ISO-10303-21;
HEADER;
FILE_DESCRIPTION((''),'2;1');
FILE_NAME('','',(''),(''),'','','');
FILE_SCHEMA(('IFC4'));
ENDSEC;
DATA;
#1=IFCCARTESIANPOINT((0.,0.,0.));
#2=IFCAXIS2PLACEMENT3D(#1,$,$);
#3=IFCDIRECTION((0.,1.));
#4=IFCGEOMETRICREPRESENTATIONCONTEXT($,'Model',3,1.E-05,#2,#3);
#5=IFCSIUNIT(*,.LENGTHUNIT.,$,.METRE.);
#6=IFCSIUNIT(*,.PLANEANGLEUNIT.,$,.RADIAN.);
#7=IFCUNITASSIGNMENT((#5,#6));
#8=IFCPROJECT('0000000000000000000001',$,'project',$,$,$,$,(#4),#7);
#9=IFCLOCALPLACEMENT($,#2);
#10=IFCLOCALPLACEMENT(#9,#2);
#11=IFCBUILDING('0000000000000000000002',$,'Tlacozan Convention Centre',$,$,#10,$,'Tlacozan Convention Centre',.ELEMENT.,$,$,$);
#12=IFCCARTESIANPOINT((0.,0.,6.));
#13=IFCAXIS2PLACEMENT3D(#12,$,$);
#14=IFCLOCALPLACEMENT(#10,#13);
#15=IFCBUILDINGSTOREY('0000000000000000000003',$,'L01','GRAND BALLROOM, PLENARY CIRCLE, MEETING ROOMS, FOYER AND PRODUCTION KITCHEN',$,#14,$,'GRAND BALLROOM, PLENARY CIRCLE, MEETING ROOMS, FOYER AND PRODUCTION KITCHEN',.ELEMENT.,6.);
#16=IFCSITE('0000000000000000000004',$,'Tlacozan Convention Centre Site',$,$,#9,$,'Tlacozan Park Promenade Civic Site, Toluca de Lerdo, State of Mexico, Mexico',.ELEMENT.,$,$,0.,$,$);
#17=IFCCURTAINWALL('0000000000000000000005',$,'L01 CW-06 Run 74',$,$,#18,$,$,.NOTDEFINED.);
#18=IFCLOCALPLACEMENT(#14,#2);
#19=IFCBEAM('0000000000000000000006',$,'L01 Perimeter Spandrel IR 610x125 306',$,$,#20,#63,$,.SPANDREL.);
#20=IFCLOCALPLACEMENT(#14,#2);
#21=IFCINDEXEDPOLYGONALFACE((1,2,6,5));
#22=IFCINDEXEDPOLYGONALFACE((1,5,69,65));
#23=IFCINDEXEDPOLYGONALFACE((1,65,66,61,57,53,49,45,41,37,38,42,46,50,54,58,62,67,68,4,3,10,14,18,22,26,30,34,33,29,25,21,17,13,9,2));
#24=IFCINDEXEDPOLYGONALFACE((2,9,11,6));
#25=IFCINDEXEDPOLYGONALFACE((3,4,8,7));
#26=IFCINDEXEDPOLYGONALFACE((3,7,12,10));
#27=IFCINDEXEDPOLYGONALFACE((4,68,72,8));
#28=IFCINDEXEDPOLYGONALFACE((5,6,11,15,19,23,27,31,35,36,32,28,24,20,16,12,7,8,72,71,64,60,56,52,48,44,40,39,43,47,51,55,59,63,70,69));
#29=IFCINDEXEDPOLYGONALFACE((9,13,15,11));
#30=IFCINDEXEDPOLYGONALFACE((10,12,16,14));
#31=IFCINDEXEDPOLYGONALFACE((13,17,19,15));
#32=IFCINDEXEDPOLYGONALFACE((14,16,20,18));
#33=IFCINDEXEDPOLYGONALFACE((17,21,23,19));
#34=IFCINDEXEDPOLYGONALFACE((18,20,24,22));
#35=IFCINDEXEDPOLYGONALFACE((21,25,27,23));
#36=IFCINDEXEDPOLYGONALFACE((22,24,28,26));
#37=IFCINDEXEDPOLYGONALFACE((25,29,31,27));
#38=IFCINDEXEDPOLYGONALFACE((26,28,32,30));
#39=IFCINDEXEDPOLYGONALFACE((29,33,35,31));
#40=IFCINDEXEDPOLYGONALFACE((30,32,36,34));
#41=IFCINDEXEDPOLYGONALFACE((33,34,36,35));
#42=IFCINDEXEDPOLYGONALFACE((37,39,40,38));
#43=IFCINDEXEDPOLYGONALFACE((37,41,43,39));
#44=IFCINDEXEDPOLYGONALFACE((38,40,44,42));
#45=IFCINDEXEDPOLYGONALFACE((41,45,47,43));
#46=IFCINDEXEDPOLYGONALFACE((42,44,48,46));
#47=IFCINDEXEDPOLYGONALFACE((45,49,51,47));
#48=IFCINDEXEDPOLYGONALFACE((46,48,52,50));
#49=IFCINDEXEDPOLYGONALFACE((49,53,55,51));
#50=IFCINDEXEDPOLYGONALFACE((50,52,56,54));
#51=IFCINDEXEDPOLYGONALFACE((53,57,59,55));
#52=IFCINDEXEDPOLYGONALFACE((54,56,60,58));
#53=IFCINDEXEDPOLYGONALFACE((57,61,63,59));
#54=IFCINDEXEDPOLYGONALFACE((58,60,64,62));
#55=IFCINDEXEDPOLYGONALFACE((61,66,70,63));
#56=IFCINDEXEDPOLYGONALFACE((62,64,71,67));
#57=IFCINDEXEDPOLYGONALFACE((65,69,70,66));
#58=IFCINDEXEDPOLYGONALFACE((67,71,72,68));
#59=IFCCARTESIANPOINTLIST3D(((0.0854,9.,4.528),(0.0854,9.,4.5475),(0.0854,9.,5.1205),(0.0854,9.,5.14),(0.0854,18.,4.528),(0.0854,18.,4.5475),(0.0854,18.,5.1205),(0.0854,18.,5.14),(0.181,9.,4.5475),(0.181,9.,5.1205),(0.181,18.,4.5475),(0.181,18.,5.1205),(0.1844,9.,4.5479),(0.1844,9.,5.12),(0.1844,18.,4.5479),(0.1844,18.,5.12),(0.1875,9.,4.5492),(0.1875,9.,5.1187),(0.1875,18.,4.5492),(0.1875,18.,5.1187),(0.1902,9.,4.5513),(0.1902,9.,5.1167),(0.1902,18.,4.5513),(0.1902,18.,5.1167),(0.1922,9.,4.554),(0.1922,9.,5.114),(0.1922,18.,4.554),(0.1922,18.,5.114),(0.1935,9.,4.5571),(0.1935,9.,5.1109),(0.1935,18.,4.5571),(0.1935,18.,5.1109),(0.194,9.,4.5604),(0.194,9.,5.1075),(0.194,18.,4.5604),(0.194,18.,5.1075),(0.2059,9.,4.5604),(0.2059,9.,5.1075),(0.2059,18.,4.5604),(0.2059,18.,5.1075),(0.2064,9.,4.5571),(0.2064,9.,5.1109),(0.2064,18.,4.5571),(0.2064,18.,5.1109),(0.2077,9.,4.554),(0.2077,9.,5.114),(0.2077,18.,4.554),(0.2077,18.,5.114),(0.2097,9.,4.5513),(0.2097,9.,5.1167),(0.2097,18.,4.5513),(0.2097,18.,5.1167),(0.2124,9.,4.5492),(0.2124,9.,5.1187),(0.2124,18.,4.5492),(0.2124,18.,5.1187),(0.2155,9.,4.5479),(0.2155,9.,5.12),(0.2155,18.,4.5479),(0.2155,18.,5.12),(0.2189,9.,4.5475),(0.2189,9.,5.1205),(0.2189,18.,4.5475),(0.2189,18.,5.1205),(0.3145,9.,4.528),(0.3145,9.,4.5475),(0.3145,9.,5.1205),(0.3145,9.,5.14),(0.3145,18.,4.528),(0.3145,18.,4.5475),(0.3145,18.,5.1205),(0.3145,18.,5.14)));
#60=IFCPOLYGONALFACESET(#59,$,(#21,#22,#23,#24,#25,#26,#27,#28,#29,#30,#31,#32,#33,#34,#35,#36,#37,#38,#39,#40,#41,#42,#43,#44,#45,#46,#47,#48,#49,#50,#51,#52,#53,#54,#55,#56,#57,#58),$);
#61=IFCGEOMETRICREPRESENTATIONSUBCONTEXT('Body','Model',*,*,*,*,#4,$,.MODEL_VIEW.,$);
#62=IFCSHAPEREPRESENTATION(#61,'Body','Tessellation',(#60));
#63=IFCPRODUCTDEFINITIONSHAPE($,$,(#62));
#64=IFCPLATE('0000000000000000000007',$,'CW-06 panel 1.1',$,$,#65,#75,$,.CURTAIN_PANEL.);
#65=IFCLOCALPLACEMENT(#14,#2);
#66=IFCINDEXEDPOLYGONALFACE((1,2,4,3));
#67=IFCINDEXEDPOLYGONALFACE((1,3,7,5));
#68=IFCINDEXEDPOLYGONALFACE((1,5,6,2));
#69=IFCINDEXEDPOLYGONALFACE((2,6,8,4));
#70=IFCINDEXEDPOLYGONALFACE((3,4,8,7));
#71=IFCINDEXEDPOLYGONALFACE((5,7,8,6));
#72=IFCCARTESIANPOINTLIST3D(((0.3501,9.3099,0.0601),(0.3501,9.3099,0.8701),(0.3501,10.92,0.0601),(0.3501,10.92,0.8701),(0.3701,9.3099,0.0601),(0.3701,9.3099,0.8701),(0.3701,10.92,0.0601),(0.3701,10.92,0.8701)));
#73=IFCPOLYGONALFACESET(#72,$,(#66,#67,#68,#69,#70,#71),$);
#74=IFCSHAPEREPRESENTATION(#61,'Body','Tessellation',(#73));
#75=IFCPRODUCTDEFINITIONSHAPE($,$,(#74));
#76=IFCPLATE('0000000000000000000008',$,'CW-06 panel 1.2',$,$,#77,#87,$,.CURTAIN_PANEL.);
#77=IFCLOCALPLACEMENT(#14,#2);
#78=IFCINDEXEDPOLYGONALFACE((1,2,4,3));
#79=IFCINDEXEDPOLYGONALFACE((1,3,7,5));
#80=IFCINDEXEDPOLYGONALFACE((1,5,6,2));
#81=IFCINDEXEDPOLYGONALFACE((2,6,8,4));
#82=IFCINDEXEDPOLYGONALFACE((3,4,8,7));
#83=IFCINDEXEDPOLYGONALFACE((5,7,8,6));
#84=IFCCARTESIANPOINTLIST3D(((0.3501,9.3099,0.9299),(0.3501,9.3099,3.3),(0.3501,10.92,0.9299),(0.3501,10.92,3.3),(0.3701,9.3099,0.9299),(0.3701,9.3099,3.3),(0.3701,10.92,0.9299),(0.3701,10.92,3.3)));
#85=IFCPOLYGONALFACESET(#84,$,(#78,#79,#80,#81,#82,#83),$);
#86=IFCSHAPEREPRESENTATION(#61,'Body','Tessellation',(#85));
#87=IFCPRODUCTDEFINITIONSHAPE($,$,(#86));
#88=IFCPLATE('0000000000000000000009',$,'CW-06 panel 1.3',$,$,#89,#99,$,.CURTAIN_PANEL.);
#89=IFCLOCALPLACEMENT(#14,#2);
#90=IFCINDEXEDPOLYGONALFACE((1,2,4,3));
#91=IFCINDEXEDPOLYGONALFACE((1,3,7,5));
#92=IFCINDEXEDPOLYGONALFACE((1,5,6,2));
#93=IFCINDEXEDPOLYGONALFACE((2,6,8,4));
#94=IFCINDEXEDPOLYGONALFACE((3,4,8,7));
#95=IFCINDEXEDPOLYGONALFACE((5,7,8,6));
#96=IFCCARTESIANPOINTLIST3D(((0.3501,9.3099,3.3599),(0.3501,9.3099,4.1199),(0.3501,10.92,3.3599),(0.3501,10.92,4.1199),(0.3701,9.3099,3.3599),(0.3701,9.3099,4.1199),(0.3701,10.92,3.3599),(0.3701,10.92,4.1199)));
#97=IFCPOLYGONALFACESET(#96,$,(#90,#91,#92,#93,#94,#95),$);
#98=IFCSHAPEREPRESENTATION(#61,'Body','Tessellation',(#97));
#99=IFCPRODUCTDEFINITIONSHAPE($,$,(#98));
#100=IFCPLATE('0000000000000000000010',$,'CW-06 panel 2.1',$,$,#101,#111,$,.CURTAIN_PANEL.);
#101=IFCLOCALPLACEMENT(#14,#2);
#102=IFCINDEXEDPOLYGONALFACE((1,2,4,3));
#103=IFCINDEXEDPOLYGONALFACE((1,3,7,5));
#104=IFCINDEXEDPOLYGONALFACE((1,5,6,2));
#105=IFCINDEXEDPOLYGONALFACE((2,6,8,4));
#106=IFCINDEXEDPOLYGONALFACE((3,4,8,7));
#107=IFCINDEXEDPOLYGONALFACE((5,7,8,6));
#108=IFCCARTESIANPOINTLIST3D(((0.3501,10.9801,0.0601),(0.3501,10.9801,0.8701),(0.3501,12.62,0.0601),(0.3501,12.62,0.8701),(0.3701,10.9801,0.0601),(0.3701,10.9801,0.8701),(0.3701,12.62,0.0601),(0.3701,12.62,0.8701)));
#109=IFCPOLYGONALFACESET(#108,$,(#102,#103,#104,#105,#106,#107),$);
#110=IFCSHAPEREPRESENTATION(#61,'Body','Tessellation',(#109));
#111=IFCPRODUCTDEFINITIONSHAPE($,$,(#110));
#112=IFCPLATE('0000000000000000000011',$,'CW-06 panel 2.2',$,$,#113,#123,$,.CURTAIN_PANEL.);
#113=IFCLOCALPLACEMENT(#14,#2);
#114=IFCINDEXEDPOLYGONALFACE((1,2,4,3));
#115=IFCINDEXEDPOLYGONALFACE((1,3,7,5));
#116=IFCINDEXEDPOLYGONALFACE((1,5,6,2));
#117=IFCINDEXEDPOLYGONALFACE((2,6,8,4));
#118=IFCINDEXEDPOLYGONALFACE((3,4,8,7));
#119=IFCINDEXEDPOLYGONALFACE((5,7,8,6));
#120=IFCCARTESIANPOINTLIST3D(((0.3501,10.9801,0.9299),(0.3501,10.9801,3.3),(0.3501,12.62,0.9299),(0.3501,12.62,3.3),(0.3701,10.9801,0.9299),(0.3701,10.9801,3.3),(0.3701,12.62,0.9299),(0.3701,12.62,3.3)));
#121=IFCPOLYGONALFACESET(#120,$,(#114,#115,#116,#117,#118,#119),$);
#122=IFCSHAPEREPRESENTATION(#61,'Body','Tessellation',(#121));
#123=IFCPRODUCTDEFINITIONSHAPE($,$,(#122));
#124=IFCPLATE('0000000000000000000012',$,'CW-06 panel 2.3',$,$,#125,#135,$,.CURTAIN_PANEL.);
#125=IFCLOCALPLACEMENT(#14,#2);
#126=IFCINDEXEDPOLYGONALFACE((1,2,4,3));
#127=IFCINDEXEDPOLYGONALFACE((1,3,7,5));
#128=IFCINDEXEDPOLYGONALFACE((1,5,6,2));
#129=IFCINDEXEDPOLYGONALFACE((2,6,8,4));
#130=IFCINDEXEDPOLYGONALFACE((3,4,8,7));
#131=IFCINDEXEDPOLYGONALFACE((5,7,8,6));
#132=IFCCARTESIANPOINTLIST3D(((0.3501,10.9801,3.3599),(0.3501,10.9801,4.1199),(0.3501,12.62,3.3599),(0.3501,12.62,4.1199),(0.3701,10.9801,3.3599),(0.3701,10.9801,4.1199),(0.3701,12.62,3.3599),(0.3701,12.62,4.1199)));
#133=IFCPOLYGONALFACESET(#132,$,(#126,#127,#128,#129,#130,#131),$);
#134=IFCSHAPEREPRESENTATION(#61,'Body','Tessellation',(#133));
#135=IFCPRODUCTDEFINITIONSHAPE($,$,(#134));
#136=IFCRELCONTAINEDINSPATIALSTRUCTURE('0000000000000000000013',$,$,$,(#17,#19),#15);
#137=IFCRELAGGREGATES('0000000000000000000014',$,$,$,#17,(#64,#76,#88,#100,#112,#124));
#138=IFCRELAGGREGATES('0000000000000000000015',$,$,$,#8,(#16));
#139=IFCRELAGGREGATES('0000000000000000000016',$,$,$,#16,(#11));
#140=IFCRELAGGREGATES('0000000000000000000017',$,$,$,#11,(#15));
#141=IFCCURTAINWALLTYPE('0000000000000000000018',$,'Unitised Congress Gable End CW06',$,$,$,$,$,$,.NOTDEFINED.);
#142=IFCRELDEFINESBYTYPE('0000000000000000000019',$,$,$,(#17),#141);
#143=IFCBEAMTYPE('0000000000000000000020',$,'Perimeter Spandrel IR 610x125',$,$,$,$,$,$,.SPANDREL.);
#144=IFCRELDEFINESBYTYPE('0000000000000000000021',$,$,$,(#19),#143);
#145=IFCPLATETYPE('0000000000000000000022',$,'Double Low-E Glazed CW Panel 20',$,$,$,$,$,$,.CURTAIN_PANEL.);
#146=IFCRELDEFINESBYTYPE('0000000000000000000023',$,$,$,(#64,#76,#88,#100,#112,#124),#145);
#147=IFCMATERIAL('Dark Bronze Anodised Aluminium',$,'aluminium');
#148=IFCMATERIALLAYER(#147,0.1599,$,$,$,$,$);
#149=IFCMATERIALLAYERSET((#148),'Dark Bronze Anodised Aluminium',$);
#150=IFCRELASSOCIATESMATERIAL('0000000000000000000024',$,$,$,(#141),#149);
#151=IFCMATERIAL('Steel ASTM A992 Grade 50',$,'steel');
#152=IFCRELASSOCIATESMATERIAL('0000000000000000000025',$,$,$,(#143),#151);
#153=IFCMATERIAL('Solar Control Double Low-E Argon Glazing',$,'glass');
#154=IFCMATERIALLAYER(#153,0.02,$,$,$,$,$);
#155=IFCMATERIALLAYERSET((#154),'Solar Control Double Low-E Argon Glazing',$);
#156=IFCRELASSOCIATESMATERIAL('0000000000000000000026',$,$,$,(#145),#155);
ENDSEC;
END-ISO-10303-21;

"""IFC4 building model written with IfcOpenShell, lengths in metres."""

from ifc_helpers import new_model, si_unit, direction, frame, origin, origin_2d, place, context, subcontext, project, spatial, rectangle, i_section, extrude, material, layer, layer_set, material_profile, profile_set, type_object, element, aggregate, save


model = new_model("IFC4")

# Units and contexts
model_context = context("Model", 3, precision=1e-05, world=origin(), true_north=direction((0.0, 1.0)))
body_context = subcontext(model_context, "Body", "Model", "MODEL_VIEW")
ifc_project = project(units=[si_unit("LENGTHUNIT", "METRE"), si_unit("PLANEANGLEUNIT", "RADIAN")], contexts=[model_context])

# Site, building, storey
site_placement = place(None, origin())
site = spatial("IfcSite", under=ifc_project, at=site_placement, Name="Tlacozan Convention Centre Site", LongName="Tlacozan Park Promenade Civic Site, Toluca de Lerdo, State of Mexico, Mexico", CompositionType="ELEMENT", RefElevation=0.0)
building_placement = place(site_placement, origin())
building = spatial("IfcBuilding", under=site, at=building_placement, Name="Tlacozan Convention Centre", LongName="Tlacozan Convention Centre", CompositionType="ELEMENT")
storey_placement = place(building_placement, frame((0.0, 0.0, 6.0)))
storey = spatial("IfcBuildingStorey", under=building, at=storey_placement, Name="L01", Description="GRAND BALLROOM, PLENARY CIRCLE, MEETING ROOMS, FOYER AND PRODUCTION KITCHEN", LongName="GRAND BALLROOM, PLENARY CIRCLE, MEETING ROOMS, FOYER AND PRODUCTION KITCHEN", CompositionType="ELEMENT", Elevation=6.0)

# Shared definitions
ifc_material_1 = material(Name="Dark Bronze Anodised Aluminium", Category="aluminium")
ifc_layer_1 = layer(ifc_material_1, 0.1599)
ifc_layer_set_1 = layer_set([ifc_layer_1], Name="Dark Bronze Anodised Aluminium")
curtain_wall_type = type_object("IfcCurtainWallType", Name="Unitised Congress Gable End CW06", PredefinedType="NOTDEFINED", material=ifc_layer_set_1)

# Curtain wall
curtain_wall_1_placement = place(storey_placement, origin())
curtain_wall_1 = element("IfcCurtainWall", 1, at=curtain_wall_1_placement, inside=storey, type_object=curtain_wall_type, Name="L01 CW-06 Run 74", PredefinedType="NOTDEFINED")

# Beam
ifc_material_2 = material(Name="Steel ASTM A992 Grade 50", Category="steel")
ifc_material_profile_1 = material_profile(ifc_material_2, i_section(OverallWidth=0.229, OverallDepth=0.6121, WebThickness=0.012, FlangeThickness=0.0195, FilletRadius=0.0129, at=origin_2d()), Name="IR 610x125.0")
ifc_profile_set_1 = profile_set([ifc_material_profile_1], Name="Steel ASTM A992 Grade 50")
beam_type = type_object("IfcBeamType", Name="Perimeter Spandrel IR 610x125", PredefinedType="SPANDREL", material=ifc_profile_set_1)
beam_placement = place(storey_placement, frame((0.2, 9.0, 4.834), z_axis=(0.0, 1.0, 0.0), x_axis=(-1.0, 0.0, 0.0)))
element("IfcBeam", 2, at=beam_placement, inside=storey, type_object=beam_type, Name="L01 Perimeter Spandrel IR 610x125 306", PredefinedType="SPANDREL", context=body_context, shape_type="SweptSolid", body=[
    extrude(i_section(OverallWidth=0.229, OverallDepth=0.6121, WebThickness=0.012, FlangeThickness=0.0195, FilletRadius=0.0129, at=origin_2d()), origin(), (0.0, 0.0, 1.0), 9.0),
])

# Plates
ifc_material_3 = material(Name="Solar Control Double Low-E Argon Glazing", Category="glass")
ifc_layer_2 = layer(ifc_material_3, 0.02)
ifc_layer_set_2 = layer_set([ifc_layer_2], Name="Solar Control Double Low-E Argon Glazing")
plate_type = type_object("IfcPlateType", Name="Double Low-E Glazed CW Panel 20", PredefinedType="CURTAIN_PANEL", material=ifc_layer_set_2)
plate_1_placement = place(storey_placement, frame((0.3601, 10.115, 0.0601), z_axis=(0.0, 0.0, 1.0), x_axis=(0.0, 1.0, 0.0)))
plate_1 = element("IfcPlate", 3, at=plate_1_placement, type_object=plate_type, Name="CW-06 panel 1.1", PredefinedType="CURTAIN_PANEL", context=body_context, shape_type="SweptSolid", body=[
    extrude(rectangle(XDim=1.6101, YDim=0.02, at=origin_2d()), origin(), (0.0, 0.0, 1.0), 0.8101),
])
plate_2_placement = place(storey_placement, frame((0.3601, 10.115, 0.9299), z_axis=(0.0, 0.0, 1.0), x_axis=(0.0, 1.0, 0.0)))
plate_2 = element("IfcPlate", 4, at=plate_2_placement, type_object=plate_type, Name="CW-06 panel 1.2", PredefinedType="CURTAIN_PANEL", context=body_context, shape_type="SweptSolid", body=[
    extrude(rectangle(XDim=1.6101, YDim=0.02, at=origin_2d()), origin(), (0.0, 0.0, 1.0), 2.3701),
])
plate_3_placement = place(storey_placement, frame((0.3601, 10.115, 3.3599), z_axis=(0.0, 0.0, 1.0), x_axis=(0.0, 1.0, 0.0)))
plate_3 = element("IfcPlate", 5, at=plate_3_placement, type_object=plate_type, Name="CW-06 panel 1.3", PredefinedType="CURTAIN_PANEL", context=body_context, shape_type="SweptSolid", body=[
    extrude(rectangle(XDim=1.6101, YDim=0.02, at=origin_2d()), origin(), (0.0, 0.0, 1.0), 0.76),
])
plate_4_placement = place(storey_placement, frame((0.3601, 11.8, 0.0601), z_axis=(0.0, 0.0, 1.0), x_axis=(0.0, 1.0, 0.0)))
plate_4 = element("IfcPlate", 6, at=plate_4_placement, type_object=plate_type, Name="CW-06 panel 2.1", PredefinedType="CURTAIN_PANEL", context=body_context, shape_type="SweptSolid", body=[
    extrude(rectangle(XDim=1.6399, YDim=0.02, at=origin_2d()), origin(), (0.0, 0.0, 1.0), 0.8101),
])
plate_5_placement = place(storey_placement, frame((0.3601, 11.8, 0.9299), z_axis=(0.0, 0.0, 1.0), x_axis=(0.0, 1.0, 0.0)))
plate_5 = element("IfcPlate", 7, at=plate_5_placement, type_object=plate_type, Name="CW-06 panel 2.2", PredefinedType="CURTAIN_PANEL", context=body_context, shape_type="SweptSolid", body=[
    extrude(rectangle(XDim=1.6399, YDim=0.02, at=origin_2d()), origin(), (0.0, 0.0, 1.0), 2.3701),
])
plate_6_placement = place(storey_placement, frame((0.3601, 11.8, 3.3599), z_axis=(0.0, 0.0, 1.0), x_axis=(0.0, 1.0, 0.0)))
plate_6 = element("IfcPlate", 8, at=plate_6_placement, type_object=plate_type, Name="CW-06 panel 2.3", PredefinedType="CURTAIN_PANEL", context=body_context, shape_type="SweptSolid", body=[
    extrude(rectangle(XDim=1.6399, YDim=0.02, at=origin_2d()), origin(), (0.0, 0.0, 1.0), 0.76),
])
aggregate(curtain_wall_1, [plate_1, plate_2, plate_3, plate_4, plate_5, plate_6])

save(model, "model.ifc")
